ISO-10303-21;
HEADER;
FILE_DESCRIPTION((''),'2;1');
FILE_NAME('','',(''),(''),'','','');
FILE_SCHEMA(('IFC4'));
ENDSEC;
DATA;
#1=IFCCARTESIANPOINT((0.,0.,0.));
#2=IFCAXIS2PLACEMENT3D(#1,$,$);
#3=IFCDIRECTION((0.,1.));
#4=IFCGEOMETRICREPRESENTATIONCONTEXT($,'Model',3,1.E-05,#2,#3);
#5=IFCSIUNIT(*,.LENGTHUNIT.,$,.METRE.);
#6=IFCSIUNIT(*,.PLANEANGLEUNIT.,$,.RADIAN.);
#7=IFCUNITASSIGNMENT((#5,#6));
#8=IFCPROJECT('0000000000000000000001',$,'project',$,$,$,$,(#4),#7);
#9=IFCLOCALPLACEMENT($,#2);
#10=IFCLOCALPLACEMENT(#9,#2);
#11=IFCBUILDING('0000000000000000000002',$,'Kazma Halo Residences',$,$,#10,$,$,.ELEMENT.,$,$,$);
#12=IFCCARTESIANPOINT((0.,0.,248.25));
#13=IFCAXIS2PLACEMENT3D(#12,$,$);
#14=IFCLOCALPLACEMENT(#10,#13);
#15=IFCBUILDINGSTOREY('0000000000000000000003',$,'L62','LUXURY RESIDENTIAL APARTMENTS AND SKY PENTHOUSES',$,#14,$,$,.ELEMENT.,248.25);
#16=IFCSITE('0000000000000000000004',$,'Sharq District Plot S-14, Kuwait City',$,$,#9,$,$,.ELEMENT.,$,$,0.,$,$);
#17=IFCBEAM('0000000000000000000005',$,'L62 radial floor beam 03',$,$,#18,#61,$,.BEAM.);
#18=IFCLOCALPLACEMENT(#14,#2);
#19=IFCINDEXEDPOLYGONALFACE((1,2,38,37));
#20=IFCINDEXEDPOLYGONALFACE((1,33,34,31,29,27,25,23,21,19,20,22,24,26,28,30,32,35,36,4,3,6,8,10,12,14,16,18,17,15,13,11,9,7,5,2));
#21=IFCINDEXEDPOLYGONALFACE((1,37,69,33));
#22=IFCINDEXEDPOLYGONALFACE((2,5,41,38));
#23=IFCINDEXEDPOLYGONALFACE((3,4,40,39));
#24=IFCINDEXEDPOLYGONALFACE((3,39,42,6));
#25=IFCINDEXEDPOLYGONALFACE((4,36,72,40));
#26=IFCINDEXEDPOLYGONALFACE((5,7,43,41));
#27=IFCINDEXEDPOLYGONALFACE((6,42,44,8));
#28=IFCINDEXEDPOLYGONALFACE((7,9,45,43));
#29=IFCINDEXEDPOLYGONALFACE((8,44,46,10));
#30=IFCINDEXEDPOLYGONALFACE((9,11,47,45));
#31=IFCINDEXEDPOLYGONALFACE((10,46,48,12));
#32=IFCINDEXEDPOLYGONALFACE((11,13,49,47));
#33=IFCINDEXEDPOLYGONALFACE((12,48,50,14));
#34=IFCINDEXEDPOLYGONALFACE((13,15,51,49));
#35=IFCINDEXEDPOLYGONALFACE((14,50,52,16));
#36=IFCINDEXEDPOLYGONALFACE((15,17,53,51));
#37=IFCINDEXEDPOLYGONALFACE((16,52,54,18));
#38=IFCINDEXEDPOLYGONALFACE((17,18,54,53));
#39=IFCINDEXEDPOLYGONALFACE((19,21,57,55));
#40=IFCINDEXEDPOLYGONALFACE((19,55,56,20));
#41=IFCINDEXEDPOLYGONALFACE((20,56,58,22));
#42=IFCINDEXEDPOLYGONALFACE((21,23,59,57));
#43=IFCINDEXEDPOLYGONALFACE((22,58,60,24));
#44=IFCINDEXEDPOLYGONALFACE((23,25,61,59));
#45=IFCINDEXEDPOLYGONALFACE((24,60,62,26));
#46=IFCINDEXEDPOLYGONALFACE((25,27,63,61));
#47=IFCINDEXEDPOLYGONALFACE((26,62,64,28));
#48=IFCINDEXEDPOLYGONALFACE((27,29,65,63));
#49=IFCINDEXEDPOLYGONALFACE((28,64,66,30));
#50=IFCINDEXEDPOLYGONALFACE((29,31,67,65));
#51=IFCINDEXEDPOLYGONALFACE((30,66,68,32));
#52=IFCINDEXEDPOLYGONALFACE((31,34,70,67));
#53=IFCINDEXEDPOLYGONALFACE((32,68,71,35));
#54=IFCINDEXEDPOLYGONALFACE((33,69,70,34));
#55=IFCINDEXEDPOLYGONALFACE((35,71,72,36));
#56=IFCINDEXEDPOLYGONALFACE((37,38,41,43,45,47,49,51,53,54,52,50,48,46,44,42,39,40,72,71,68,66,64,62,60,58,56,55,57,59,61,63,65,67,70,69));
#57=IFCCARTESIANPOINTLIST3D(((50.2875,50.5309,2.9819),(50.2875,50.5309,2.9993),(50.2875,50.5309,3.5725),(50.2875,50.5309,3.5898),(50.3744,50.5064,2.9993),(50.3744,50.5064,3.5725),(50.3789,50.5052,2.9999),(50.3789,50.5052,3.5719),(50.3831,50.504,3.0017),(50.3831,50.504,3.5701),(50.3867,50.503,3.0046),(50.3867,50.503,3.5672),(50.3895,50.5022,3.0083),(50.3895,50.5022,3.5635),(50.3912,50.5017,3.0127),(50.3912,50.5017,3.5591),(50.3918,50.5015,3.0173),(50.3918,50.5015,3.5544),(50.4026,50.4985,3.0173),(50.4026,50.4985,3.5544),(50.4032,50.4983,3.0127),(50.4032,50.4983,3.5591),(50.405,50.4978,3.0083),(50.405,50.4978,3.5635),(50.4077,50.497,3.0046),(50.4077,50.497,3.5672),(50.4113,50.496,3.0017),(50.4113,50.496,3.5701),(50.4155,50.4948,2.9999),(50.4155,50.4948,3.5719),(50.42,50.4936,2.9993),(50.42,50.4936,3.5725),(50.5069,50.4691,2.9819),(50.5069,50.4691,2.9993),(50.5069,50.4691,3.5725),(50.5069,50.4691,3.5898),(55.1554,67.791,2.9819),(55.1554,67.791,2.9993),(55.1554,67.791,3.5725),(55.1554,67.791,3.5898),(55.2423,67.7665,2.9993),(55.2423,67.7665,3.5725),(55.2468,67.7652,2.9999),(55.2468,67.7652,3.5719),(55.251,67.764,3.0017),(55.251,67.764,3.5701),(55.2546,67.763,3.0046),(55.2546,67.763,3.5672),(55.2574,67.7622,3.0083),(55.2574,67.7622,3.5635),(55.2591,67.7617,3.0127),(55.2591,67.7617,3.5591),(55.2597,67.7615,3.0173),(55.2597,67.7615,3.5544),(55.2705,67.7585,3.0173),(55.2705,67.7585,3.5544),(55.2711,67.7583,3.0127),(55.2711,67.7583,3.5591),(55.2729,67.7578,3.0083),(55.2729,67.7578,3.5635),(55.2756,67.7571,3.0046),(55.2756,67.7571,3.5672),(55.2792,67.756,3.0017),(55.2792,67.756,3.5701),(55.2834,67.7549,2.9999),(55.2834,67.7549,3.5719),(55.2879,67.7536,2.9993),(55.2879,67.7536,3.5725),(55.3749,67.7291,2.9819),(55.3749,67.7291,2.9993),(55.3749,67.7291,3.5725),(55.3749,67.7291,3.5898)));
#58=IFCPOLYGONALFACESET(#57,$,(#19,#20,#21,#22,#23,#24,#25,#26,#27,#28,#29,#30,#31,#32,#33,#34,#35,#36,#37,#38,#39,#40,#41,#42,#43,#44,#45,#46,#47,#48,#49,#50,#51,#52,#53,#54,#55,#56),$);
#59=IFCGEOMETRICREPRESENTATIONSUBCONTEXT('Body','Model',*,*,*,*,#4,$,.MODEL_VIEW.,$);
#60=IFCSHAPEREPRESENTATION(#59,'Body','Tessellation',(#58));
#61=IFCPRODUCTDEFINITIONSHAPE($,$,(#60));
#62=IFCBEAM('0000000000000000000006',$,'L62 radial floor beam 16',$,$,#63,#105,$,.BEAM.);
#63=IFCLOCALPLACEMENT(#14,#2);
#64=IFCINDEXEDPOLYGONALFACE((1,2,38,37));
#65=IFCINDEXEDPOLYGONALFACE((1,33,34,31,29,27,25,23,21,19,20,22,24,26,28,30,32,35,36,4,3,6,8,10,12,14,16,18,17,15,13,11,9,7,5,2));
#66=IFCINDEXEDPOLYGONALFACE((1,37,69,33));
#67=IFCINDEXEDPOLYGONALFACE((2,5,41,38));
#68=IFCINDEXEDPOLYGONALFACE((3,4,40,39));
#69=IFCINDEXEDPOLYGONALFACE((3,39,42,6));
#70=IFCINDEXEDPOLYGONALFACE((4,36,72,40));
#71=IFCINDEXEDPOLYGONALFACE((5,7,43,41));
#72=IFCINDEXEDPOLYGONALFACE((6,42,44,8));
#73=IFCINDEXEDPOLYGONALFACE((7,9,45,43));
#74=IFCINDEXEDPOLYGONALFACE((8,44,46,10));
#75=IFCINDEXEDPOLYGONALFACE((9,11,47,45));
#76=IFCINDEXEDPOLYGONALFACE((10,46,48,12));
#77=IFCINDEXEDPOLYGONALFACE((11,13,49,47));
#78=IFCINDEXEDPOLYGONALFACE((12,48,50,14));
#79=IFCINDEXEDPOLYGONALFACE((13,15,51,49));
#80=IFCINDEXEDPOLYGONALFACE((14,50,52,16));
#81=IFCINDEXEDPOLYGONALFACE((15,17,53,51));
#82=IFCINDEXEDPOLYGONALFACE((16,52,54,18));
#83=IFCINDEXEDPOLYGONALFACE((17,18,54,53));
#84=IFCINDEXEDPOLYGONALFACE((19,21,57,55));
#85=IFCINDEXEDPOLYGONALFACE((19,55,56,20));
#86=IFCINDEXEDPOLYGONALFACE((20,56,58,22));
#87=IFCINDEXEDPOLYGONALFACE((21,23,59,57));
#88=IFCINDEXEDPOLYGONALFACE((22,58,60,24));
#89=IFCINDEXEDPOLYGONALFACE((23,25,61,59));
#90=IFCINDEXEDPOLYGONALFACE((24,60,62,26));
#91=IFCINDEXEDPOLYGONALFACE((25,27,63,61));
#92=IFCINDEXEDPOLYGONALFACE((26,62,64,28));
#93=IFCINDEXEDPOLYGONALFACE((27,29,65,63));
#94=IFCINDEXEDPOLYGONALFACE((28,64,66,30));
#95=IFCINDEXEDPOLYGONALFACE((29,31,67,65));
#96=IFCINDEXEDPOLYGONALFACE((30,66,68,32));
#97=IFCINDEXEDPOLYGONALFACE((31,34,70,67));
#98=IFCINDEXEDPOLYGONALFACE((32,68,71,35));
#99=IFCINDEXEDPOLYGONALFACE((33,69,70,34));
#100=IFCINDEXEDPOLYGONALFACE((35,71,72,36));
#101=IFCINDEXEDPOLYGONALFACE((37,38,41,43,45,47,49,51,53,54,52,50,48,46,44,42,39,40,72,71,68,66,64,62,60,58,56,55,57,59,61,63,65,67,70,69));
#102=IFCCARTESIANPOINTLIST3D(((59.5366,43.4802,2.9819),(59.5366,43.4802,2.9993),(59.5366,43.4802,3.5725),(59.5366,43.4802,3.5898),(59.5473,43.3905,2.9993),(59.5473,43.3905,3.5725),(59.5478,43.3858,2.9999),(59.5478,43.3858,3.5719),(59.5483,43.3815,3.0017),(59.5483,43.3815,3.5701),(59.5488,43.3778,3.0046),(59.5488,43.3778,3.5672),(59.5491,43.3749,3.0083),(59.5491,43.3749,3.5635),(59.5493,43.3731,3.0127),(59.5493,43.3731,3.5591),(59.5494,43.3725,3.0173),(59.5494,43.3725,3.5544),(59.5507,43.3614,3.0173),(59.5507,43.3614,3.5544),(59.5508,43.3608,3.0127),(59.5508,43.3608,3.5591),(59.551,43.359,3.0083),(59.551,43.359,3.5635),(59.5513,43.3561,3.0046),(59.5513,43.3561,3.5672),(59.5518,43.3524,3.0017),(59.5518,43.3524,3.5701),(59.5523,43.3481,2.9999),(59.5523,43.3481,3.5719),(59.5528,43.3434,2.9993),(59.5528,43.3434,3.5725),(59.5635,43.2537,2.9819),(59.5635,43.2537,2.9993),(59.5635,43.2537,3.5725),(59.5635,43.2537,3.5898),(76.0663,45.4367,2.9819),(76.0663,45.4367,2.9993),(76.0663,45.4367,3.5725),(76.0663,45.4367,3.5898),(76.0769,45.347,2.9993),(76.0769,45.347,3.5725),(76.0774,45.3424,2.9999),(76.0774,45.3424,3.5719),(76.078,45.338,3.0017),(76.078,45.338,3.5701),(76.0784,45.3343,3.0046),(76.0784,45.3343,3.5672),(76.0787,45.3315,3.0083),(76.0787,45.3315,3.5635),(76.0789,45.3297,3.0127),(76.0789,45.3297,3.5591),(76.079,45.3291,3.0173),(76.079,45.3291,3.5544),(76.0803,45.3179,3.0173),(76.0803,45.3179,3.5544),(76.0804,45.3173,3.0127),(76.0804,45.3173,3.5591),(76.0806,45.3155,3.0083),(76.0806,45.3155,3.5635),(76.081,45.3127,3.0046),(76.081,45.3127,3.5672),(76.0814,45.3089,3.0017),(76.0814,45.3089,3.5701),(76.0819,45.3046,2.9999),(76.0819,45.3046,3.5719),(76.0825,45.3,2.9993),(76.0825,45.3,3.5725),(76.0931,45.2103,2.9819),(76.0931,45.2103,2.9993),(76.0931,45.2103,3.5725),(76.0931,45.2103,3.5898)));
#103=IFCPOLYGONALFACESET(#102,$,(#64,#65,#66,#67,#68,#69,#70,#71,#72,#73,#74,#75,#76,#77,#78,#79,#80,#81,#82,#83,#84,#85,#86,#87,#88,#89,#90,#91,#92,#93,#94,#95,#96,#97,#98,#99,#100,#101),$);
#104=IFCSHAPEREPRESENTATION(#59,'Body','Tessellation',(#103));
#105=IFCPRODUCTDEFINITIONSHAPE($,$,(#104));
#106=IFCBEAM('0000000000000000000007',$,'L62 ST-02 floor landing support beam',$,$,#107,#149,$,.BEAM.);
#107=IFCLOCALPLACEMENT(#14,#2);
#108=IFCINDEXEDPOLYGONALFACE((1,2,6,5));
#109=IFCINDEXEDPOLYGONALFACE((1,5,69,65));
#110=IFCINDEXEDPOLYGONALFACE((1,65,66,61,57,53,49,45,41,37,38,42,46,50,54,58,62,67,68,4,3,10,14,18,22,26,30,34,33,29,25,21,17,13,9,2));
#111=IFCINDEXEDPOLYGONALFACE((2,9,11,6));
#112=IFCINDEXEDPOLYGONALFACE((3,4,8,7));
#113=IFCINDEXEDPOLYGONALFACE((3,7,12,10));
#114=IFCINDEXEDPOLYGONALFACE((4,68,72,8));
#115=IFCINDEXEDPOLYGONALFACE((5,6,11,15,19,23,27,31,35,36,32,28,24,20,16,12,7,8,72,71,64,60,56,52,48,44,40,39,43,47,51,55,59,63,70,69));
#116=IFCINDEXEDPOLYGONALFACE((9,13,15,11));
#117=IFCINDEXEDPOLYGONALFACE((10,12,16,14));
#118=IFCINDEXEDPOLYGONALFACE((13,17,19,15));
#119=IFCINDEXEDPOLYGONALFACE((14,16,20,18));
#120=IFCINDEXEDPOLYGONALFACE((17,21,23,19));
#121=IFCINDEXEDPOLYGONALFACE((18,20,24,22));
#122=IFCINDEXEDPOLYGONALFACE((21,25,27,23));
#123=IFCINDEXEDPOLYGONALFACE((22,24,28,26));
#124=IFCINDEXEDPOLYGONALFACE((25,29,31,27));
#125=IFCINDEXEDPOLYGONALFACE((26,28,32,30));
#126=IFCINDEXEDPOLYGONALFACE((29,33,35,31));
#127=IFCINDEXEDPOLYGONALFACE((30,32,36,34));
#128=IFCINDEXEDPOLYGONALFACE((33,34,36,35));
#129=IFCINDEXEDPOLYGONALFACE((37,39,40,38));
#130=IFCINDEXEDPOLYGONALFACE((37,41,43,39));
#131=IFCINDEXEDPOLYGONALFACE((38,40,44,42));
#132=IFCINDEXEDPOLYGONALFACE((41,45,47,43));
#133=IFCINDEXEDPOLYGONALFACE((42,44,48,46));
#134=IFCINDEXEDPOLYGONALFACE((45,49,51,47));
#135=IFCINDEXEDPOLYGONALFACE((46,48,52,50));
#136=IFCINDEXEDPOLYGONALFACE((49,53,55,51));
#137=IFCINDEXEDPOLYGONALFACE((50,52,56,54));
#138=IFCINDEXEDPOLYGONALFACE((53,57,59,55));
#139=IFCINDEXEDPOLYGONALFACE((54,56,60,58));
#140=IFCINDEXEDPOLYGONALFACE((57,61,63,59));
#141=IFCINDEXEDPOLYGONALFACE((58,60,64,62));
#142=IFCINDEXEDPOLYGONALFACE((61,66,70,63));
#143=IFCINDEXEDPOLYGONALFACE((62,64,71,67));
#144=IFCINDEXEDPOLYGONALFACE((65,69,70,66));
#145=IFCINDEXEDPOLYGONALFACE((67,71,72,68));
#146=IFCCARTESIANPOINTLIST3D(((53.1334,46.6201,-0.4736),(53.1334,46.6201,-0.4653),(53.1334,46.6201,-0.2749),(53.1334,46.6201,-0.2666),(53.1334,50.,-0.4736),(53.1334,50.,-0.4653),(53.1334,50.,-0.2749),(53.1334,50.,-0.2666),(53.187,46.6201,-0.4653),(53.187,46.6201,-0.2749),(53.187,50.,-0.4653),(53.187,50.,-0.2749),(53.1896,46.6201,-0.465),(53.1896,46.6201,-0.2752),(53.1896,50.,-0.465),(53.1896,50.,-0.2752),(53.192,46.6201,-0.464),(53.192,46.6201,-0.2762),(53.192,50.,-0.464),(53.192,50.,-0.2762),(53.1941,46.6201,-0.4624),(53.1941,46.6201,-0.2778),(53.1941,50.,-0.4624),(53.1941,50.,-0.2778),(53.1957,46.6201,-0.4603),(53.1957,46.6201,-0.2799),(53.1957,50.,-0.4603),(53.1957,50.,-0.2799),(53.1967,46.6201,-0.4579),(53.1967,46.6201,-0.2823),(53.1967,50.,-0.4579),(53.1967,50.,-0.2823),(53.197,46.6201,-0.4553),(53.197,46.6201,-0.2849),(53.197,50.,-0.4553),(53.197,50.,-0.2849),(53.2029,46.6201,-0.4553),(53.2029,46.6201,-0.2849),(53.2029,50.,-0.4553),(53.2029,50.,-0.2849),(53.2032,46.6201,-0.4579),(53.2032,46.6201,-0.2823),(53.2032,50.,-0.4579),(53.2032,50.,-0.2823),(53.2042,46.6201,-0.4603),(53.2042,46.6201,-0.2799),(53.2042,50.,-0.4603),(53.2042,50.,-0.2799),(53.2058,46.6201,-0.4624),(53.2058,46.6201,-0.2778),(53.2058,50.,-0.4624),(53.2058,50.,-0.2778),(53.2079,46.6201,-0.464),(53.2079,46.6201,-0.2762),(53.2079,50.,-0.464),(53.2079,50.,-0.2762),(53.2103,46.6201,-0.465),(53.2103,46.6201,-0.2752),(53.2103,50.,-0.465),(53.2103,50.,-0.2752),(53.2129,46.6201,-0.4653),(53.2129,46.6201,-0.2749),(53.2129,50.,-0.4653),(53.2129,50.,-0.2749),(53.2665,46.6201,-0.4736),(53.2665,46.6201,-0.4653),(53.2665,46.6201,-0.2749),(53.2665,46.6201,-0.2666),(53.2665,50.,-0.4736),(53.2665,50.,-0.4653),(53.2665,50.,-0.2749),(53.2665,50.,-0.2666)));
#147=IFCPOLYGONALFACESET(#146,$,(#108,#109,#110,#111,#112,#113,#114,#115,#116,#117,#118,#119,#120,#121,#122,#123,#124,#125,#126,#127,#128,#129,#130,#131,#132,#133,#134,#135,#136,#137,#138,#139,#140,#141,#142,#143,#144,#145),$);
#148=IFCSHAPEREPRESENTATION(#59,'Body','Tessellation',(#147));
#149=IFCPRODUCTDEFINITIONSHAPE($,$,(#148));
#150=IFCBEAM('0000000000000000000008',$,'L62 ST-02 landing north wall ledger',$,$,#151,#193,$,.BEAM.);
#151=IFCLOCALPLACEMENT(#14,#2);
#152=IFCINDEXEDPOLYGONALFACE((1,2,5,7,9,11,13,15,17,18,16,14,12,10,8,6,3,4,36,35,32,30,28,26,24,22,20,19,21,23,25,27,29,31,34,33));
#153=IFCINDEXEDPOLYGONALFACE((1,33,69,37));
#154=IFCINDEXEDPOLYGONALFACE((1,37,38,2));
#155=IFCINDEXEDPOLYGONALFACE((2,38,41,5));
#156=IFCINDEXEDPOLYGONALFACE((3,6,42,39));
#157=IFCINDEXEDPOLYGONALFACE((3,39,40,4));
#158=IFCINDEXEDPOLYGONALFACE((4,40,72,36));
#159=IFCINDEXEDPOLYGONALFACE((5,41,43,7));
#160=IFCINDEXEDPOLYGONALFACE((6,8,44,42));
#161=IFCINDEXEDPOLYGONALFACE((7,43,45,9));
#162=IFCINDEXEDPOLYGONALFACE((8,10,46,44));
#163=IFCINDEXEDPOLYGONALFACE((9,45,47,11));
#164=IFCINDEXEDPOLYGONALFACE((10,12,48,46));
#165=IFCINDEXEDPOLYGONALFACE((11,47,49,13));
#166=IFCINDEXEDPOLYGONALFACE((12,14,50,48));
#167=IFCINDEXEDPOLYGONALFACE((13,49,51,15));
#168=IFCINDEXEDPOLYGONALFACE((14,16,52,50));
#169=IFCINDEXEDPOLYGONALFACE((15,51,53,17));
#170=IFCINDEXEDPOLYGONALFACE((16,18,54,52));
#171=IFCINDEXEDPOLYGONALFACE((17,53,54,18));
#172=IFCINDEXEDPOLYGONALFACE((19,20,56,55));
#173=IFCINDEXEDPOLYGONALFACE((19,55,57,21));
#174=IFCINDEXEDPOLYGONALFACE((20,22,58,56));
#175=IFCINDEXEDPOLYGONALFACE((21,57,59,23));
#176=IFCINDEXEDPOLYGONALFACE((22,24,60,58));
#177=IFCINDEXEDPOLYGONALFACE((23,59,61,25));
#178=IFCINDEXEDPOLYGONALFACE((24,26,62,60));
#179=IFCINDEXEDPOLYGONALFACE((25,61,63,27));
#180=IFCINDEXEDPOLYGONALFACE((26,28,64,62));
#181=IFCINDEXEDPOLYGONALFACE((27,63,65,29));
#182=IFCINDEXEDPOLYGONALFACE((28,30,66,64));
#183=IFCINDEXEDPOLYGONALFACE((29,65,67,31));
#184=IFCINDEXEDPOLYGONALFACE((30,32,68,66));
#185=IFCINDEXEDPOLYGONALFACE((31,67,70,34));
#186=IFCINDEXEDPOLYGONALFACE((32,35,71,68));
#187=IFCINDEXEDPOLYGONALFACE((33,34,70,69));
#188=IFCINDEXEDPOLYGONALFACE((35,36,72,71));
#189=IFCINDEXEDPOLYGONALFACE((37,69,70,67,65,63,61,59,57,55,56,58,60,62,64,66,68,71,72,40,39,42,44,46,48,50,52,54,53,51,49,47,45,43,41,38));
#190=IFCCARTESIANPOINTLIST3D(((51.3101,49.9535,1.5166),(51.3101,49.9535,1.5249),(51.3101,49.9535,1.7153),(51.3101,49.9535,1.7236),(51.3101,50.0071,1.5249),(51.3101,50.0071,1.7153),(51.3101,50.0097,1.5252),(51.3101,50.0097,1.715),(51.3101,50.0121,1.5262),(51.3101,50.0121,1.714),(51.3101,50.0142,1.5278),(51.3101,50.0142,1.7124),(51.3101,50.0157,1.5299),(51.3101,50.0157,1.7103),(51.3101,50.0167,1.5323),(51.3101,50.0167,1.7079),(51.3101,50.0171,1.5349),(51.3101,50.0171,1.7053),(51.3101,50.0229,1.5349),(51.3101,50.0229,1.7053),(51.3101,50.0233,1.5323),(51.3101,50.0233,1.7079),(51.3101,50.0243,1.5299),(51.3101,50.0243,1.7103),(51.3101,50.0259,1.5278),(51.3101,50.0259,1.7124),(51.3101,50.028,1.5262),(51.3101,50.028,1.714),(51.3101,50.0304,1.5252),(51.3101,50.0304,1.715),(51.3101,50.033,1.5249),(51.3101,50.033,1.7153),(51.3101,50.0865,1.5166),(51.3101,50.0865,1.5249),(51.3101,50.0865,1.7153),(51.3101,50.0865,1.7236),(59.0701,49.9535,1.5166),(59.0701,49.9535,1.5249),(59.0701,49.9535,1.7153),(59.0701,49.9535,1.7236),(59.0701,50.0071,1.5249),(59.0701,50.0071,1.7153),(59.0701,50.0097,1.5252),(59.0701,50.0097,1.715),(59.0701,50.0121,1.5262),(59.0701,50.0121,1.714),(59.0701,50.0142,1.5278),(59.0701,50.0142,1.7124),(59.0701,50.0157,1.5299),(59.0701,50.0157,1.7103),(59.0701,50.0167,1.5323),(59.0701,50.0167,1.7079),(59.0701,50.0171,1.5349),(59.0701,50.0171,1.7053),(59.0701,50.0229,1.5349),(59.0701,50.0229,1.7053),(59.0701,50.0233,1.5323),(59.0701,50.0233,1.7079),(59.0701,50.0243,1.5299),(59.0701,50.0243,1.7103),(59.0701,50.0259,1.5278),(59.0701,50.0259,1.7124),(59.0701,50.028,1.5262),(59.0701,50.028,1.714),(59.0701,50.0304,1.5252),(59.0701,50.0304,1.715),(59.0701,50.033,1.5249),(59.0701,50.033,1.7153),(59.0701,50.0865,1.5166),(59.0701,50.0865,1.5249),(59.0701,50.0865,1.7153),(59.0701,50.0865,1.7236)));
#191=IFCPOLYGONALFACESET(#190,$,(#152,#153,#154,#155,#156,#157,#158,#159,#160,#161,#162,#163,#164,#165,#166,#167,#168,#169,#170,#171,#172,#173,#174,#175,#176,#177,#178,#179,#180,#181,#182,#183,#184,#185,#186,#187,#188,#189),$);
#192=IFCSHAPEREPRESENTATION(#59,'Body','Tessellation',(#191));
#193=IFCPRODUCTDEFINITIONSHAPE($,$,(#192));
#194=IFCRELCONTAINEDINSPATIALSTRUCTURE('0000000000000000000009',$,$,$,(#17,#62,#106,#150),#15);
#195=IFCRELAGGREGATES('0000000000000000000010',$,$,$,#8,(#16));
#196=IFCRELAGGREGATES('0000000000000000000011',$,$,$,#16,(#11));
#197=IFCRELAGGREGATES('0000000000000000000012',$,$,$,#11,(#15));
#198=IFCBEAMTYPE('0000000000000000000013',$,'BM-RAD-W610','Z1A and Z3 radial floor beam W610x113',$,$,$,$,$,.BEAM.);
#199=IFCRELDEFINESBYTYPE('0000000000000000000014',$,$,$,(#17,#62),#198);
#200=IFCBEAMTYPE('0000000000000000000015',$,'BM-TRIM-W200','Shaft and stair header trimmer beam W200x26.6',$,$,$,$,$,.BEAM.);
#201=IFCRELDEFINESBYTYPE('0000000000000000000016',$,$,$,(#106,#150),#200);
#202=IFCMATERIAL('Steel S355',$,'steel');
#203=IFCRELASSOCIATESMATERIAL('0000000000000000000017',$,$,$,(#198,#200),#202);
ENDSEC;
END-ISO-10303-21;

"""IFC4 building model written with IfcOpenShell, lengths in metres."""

from ifc_helpers import new_model, si_unit, direction, frame, origin, origin_2d, place, context, subcontext, project, spatial, i_section, extrude, material, material_profile, profile_set, type_object, element, save


model = new_model("IFC4")

# Units and contexts
model_context = context("Model", 3, precision=1e-05, world=origin(), true_north=direction((0.0, 1.0)))
body_context = subcontext(model_context, "Body", "Model", "MODEL_VIEW")
ifc_project = project(units=[si_unit("LENGTHUNIT", "METRE"), si_unit("PLANEANGLEUNIT", "RADIAN")], contexts=[model_context])

# Site, building, storey
site_placement = place(None, origin())
site = spatial("IfcSite", under=ifc_project, at=site_placement, Name="Sharq District Plot S-14, Kuwait City", CompositionType="ELEMENT", RefElevation=0.0)
building_placement = place(site_placement, origin())
building = spatial("IfcBuilding", under=site, at=building_placement, Name="Kazma Halo Residences", CompositionType="ELEMENT")
storey_placement = place(building_placement, frame((0.0, 0.0, 248.25)))
storey = spatial("IfcBuildingStorey", under=building, at=storey_placement, Name="L62", Description="LUXURY RESIDENTIAL APARTMENTS AND SKY PENTHOUSES", CompositionType="ELEMENT", Elevation=248.25)

# Shared definitions
ifc_material_1 = material(Name="Steel S355", Category="steel")

# Beams
ifc_material_profile_1 = material_profile(ifc_material_1, i_section(OverallWidth=0.228, OverallDepth=0.6079, WebThickness=0.0112, FlangeThickness=0.0173, FilletRadius=0.0181, at=origin_2d()), Name="W610x113")
ifc_profile_set_1 = profile_set([ifc_material_profile_1], Name="Steel S355")
beam_type_1 = type_object("IfcBeamType", Name="BM-RAD-W610", Description="Z1A and Z3 radial floor beam W610x113", PredefinedType="BEAM", material=ifc_profile_set_1)
beam_1_placement = place(storey_placement, frame((50.3972, 50.5, 3.2859), z_axis=(0.271445, 0.962454, 0.0), x_axis=(-0.962454, 0.271445, 0.0)))
element("IfcBeam", 1, at=beam_1_placement, inside=storey, type_object=beam_type_1, Name="L62 radial floor beam 03", PredefinedType="BEAM", context=body_context, shape_type="SweptSolid", body=[
    extrude(i_section(OverallWidth=0.228, OverallDepth=0.6079, WebThickness=0.0112, FlangeThickness=0.0173, FilletRadius=0.0181, at=origin_2d()), origin(), (0.0, 0.0, 1.0), 17.9333),
])
beam_2_placement = place(storey_placement, frame((59.55, 43.3669, 3.2859), z_axis=(0.993067, 0.117546, 0.0), x_axis=(-0.117546, 0.993067, 0.0)))
element("IfcBeam", 2, at=beam_2_placement, inside=storey, type_object=beam_type_1, Name="L62 radial floor beam 16", PredefinedType="BEAM", context=body_context, shape_type="SweptSolid", body=[
    extrude(i_section(OverallWidth=0.228, OverallDepth=0.6079, WebThickness=0.0112, FlangeThickness=0.0173, FilletRadius=0.0181, at=origin_2d()), origin(), (0.0, 0.0, 1.0), 16.645),
])
ifc_material_profile_2 = material_profile(ifc_material_1, i_section(OverallWidth=0.1331, OverallDepth=0.207, WebThickness=0.0059, FlangeThickness=0.0083, FilletRadius=0.01, at=origin_2d()), Name="W200x26.6")
ifc_profile_set_2 = profile_set([ifc_material_profile_2], Name="Steel S355")
beam_type_2 = type_object("IfcBeamType", Name="BM-TRIM-W200", Description="Shaft and stair header trimmer beam W200x26.6", PredefinedType="BEAM", material=ifc_profile_set_2)
beam_3_placement = place(storey_placement, frame((53.2, 46.6201, -0.3701), z_axis=(0.0, 1.0, 0.0), x_axis=(-1.0, 0.0, 0.0)))
element("IfcBeam", 3, at=beam_3_placement, inside=storey, type_object=beam_type_2, Name="L62 ST-02 floor landing support beam", PredefinedType="BEAM", context=body_context, shape_type="SweptSolid", body=[
    extrude(i_section(OverallWidth=0.1331, OverallDepth=0.207, WebThickness=0.0059, FlangeThickness=0.0083, FilletRadius=0.01, at=origin_2d()), origin(), (0.0, 0.0, 1.0), 3.3799),
])
beam_4_placement = place(storey_placement, frame((51.3101, 50.02, 1.6201), z_axis=(1.0, 0.0, 0.0), x_axis=(0.0, 1.0, 0.0)))
element("IfcBeam", 4, at=beam_4_placement, inside=storey, type_object=beam_type_2, Name="L62 ST-02 landing north wall ledger", PredefinedType="BEAM", context=body_context, shape_type="SweptSolid", body=[
    extrude(i_section(OverallWidth=0.1331, OverallDepth=0.207, WebThickness=0.0059, FlangeThickness=0.0083, FilletRadius=0.01, at=origin_2d()), origin(), (0.0, 0.0, 1.0), 7.76),
])

save(model, "model.ifc")
